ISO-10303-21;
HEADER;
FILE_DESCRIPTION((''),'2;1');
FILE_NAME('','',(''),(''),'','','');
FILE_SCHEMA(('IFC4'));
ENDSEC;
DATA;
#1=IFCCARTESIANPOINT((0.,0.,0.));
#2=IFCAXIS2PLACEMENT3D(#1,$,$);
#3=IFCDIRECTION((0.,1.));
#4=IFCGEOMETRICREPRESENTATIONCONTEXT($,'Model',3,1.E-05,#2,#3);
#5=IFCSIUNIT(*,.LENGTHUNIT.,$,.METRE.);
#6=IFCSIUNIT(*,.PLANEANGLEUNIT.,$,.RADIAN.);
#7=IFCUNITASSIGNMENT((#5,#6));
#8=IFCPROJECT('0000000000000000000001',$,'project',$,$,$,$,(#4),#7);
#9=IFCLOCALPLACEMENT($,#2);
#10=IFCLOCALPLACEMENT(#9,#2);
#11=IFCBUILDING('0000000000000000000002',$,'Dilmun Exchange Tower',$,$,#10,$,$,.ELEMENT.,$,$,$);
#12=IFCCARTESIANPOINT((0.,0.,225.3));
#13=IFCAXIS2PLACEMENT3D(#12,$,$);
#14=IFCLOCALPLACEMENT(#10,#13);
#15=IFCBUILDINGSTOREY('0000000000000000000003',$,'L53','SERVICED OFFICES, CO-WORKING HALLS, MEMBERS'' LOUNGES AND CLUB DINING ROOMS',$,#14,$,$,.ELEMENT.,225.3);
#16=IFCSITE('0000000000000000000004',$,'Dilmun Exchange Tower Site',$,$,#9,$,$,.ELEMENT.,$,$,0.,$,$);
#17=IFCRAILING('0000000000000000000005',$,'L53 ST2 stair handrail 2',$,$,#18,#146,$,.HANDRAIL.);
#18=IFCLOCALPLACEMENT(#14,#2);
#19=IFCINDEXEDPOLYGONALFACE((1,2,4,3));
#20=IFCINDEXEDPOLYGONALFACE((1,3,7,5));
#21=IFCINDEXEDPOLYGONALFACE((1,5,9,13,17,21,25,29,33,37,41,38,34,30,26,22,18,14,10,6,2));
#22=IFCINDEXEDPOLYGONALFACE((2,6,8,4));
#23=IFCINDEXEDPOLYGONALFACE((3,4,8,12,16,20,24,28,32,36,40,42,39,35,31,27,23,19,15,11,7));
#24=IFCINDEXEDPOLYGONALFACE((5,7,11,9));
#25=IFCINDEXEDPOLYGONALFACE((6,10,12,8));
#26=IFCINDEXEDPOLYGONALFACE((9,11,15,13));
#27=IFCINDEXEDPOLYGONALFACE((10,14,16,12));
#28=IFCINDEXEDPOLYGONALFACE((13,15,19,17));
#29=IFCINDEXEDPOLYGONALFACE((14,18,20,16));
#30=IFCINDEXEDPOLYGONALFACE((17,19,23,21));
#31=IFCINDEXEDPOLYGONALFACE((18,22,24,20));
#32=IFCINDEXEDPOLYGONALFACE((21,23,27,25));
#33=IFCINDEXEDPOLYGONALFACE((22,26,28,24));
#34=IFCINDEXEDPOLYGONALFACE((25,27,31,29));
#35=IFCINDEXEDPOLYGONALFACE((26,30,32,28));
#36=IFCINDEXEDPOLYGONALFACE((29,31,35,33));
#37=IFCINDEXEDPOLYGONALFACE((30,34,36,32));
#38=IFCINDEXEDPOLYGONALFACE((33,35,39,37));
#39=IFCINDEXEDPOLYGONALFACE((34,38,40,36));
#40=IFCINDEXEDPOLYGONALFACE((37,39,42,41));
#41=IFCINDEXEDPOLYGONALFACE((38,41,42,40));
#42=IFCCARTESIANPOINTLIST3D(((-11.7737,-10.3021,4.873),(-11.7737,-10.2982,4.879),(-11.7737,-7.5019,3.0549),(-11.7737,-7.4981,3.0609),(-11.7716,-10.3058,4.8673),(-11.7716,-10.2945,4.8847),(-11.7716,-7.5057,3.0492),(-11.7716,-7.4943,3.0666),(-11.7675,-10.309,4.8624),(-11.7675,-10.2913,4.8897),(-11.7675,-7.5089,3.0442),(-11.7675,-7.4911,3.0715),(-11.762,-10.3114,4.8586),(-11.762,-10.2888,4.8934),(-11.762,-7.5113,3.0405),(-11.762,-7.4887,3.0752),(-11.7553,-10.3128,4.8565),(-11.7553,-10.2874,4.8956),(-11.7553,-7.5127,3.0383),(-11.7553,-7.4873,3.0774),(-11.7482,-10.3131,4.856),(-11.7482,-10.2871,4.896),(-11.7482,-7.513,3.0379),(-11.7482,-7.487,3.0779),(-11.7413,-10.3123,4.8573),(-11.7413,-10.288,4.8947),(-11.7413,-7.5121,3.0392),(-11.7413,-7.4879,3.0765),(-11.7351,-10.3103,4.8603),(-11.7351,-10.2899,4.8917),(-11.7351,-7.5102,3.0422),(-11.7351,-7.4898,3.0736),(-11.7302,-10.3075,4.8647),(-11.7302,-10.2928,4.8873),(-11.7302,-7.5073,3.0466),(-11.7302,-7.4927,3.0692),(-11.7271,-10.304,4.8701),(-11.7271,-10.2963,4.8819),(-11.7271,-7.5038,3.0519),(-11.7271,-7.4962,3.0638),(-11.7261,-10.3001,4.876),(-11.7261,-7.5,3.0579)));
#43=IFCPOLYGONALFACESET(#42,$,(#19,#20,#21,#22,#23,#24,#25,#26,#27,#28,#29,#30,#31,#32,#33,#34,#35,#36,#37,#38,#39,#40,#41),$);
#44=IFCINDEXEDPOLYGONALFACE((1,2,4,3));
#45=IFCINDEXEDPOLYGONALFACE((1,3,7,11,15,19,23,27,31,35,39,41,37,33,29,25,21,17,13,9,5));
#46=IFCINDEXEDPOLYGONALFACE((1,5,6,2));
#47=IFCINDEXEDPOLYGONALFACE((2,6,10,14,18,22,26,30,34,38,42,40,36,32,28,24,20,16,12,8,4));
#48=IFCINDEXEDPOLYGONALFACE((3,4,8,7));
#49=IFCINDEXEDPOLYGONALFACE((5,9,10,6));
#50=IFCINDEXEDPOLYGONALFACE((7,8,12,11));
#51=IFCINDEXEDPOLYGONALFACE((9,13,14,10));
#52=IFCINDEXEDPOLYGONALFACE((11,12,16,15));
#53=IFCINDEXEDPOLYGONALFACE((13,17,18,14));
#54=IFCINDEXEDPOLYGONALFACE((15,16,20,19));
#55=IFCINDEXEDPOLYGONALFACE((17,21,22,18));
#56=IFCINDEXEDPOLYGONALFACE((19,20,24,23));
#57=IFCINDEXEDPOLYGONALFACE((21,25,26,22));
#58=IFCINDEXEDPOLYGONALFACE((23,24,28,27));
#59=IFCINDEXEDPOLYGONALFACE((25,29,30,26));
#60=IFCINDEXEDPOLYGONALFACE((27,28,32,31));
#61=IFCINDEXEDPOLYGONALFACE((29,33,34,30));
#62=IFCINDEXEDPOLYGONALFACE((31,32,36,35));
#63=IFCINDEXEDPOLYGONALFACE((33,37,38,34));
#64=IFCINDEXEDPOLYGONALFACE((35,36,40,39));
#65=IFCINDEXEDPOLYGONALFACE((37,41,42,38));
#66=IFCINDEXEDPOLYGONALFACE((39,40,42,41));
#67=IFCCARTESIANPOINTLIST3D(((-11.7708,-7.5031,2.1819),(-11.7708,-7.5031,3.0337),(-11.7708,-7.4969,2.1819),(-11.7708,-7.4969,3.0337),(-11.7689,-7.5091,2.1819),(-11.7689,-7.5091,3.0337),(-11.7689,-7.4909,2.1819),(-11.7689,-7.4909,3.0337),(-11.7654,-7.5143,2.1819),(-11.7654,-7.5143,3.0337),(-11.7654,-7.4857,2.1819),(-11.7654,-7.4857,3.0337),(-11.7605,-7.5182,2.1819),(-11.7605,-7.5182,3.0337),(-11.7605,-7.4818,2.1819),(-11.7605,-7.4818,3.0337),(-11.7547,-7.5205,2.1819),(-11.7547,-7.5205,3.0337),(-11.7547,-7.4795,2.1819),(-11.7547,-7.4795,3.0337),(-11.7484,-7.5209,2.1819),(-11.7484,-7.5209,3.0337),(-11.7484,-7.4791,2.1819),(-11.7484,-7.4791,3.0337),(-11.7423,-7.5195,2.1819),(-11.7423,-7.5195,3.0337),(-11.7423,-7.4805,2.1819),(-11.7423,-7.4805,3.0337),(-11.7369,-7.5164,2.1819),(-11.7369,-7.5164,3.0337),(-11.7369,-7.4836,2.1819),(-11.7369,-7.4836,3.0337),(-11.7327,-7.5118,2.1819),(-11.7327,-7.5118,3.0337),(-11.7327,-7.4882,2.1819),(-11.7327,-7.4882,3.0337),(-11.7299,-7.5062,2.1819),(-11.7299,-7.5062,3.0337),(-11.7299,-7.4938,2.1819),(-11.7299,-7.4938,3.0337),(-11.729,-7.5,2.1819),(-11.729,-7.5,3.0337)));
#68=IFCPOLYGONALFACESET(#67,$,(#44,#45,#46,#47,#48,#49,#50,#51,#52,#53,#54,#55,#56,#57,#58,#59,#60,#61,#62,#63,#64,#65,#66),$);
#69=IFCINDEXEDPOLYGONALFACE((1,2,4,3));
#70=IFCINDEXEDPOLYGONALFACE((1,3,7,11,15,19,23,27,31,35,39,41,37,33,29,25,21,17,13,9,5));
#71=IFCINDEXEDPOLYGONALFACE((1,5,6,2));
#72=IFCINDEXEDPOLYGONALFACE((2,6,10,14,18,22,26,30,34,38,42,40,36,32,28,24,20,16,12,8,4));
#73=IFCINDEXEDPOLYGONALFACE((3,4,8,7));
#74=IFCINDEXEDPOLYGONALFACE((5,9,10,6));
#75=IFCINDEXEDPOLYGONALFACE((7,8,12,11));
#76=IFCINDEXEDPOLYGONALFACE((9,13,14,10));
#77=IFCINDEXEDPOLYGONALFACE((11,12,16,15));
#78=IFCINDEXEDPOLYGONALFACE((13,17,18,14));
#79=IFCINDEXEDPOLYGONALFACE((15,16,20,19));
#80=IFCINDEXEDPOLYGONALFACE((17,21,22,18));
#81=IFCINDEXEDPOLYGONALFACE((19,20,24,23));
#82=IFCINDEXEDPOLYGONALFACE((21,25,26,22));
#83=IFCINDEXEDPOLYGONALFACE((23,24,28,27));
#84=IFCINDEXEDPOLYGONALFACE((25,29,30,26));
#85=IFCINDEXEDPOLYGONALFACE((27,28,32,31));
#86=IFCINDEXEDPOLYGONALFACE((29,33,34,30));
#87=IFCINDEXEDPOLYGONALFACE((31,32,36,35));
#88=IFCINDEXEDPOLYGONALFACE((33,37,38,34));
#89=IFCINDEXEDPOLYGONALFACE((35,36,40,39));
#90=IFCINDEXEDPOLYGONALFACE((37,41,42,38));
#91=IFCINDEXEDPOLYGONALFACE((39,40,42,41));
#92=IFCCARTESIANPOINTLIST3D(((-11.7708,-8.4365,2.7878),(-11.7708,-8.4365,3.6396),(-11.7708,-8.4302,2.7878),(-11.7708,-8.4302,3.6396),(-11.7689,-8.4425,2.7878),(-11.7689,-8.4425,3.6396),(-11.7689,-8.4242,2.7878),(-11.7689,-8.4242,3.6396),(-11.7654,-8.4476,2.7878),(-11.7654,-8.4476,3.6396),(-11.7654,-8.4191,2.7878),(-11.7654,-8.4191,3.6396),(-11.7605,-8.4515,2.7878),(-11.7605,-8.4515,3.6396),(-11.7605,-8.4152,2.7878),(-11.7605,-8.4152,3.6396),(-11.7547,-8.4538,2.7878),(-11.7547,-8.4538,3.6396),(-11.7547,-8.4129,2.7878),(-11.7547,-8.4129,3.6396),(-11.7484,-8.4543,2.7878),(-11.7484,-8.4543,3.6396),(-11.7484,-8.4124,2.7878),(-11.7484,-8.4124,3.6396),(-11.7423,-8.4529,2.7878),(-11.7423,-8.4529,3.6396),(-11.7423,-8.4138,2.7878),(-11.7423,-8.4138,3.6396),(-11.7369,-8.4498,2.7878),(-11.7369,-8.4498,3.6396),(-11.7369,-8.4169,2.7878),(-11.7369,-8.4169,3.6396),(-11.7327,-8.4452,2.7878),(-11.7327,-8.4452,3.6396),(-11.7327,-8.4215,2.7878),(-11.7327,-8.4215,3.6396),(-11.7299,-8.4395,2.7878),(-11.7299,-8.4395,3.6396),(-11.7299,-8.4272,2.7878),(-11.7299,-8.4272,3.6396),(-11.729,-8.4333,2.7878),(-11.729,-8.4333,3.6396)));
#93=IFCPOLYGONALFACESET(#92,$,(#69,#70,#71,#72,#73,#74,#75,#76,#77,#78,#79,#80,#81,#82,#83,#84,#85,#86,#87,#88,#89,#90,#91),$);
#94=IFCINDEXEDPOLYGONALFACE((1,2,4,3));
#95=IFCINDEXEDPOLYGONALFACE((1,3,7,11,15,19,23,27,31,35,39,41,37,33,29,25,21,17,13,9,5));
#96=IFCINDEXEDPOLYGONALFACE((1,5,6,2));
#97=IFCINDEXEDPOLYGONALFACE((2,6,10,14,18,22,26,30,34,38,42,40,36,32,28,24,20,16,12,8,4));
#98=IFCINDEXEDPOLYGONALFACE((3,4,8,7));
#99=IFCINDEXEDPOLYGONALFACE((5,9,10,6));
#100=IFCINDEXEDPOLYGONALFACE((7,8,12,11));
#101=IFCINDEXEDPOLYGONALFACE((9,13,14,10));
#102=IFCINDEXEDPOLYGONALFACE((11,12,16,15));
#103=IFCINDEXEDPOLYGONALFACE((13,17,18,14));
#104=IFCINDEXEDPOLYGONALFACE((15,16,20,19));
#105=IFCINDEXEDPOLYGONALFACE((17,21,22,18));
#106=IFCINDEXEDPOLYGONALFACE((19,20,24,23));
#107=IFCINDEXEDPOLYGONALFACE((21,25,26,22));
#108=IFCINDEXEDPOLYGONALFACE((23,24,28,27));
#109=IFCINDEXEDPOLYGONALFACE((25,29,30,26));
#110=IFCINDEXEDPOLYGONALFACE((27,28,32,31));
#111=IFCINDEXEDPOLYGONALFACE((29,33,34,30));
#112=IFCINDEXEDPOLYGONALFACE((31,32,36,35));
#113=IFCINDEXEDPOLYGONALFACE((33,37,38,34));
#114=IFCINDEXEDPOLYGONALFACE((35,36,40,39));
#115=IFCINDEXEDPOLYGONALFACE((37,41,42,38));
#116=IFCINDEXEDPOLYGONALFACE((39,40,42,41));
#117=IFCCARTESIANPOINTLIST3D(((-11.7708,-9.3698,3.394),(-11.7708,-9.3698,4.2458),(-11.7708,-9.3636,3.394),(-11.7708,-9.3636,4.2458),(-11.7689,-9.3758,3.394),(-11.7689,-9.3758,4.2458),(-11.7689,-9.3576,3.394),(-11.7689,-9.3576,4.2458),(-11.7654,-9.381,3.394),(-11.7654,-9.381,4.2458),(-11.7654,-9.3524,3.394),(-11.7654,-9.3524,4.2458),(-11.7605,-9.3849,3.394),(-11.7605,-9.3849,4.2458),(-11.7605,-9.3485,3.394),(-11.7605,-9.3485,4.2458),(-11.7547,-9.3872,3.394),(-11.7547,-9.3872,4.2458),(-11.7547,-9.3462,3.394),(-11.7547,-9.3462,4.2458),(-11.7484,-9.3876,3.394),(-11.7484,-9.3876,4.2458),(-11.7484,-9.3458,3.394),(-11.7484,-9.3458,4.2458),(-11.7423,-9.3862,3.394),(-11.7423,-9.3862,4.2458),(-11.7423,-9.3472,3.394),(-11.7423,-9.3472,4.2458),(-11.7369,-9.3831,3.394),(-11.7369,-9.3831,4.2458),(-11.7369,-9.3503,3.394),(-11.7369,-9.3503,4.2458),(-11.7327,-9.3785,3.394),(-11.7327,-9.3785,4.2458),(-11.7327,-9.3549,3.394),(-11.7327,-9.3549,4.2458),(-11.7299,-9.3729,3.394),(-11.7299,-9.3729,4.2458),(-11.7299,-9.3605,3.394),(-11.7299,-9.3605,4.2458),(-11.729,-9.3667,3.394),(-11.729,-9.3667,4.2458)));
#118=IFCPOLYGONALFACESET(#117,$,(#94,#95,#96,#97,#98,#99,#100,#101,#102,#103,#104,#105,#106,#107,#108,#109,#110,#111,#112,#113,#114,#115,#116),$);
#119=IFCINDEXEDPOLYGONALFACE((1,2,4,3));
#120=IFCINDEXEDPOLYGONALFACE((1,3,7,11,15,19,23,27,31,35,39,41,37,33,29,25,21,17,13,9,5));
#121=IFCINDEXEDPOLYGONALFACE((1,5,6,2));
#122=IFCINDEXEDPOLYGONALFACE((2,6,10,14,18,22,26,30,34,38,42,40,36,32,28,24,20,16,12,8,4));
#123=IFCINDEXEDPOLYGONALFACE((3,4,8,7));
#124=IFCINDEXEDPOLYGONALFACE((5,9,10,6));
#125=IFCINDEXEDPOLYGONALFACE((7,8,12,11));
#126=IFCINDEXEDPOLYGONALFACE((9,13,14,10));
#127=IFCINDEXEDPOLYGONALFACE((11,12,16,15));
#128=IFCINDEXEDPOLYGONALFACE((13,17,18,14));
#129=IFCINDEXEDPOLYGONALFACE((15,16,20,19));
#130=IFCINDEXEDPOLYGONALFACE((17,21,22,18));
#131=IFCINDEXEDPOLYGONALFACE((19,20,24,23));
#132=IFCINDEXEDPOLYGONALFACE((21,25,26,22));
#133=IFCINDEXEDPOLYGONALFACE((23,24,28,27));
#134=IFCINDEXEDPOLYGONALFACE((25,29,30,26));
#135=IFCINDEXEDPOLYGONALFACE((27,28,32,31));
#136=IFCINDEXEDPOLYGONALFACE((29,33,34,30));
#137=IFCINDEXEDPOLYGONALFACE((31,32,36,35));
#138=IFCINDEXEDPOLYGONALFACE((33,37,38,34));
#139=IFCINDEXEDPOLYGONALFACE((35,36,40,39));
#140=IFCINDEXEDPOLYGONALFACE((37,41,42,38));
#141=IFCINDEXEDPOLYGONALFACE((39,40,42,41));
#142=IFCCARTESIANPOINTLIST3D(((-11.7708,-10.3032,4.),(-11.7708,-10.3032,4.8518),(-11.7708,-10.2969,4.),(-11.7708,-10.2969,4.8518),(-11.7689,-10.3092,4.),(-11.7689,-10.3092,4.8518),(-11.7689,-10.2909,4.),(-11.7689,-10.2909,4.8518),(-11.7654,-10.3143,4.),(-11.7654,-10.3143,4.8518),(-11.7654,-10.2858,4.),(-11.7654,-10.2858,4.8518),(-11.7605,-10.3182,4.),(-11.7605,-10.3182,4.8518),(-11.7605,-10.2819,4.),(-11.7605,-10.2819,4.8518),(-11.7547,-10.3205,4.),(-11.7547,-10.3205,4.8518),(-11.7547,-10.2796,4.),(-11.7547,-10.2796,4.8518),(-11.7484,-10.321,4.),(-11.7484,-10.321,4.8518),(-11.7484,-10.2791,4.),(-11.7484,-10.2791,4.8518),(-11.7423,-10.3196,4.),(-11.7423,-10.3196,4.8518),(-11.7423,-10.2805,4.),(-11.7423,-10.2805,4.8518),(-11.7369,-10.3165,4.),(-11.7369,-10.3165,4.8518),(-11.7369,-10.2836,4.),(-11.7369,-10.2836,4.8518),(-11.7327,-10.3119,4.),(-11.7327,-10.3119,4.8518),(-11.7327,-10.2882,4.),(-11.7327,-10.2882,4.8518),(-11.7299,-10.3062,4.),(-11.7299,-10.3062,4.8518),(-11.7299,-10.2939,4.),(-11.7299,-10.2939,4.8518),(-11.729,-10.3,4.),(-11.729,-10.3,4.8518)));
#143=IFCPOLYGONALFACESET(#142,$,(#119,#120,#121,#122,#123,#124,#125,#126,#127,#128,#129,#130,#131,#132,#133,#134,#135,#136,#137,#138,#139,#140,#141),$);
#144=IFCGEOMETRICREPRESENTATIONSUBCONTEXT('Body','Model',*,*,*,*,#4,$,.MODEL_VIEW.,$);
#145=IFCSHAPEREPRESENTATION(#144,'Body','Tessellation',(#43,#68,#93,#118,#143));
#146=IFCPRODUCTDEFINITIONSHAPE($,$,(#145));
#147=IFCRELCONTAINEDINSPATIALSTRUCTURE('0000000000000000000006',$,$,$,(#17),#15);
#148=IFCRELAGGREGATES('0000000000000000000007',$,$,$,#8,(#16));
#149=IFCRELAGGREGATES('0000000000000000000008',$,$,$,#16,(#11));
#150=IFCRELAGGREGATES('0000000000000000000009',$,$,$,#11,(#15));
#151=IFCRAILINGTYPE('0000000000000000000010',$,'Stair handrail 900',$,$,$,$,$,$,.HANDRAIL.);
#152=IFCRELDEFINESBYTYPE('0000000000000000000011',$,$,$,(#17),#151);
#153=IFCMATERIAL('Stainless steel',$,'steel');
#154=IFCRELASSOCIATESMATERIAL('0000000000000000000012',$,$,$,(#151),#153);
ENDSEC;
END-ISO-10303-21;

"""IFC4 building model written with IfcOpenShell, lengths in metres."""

from ifc_helpers import new_model, si_unit, direction, frame, origin, origin_2d, place, context, subcontext, project, spatial, circle, extrude, material, type_object, element, save


model = new_model("IFC4")

# Units and contexts
model_context = context("Model", 3, precision=1e-05, world=origin(), true_north=direction((0.0, 1.0)))
body_context = subcontext(model_context, "Body", "Model", "MODEL_VIEW")
ifc_project = project(units=[si_unit("LENGTHUNIT", "METRE"), si_unit("PLANEANGLEUNIT", "RADIAN")], contexts=[model_context])

# Site, building, storey
site_placement = place(None, origin())
site = spatial("IfcSite", under=ifc_project, at=site_placement, Name="Dilmun Exchange Tower Site", CompositionType="ELEMENT", RefElevation=0.0)
building_placement = place(site_placement, origin())
building = spatial("IfcBuilding", under=site, at=building_placement, Name="Dilmun Exchange Tower", CompositionType="ELEMENT")
storey_placement = place(building_placement, frame((0.0, 0.0, 225.3)))
storey = spatial("IfcBuildingStorey", under=building, at=storey_placement, Name="L53", Description="SERVICED OFFICES, CO-WORKING HALLS, MEMBERS' LOUNGES AND CLUB DINING ROOMS", CompositionType="ELEMENT", Elevation=225.3)

# Railing
ifc_material_1 = material(Name="Stainless steel", Category="steel")
railing_type = type_object("IfcRailingType", Name="Stair handrail 900", PredefinedType="HANDRAIL", material=ifc_material_1)
railing_1_placement = place(storey_placement, frame((-11.75, -7.5, 2.1819)))
element("IfcRailing", 1, at=railing_1_placement, inside=storey, type_object=railing_type, Name="L53 ST2 stair handrail 2", PredefinedType="HANDRAIL", context=body_context, shape_type="SweptSolid", body=[
    extrude(circle(Radius=0.0239, at=origin_2d()), frame((0.0, 0.0, 0.876), z_axis=(0.0, -0.838706, 0.544585), x_axis=(1.0, 0.0, 0.0)), (0.0, 0.0, 1.0), 3.3386),
    extrude(circle(Radius=0.021, at=origin_2d()), origin(), (0.0, 0.0, 1.0), 0.8518),
    extrude(circle(Radius=0.021, at=origin_2d()), frame((0.0, -0.9333, 0.606)), (0.0, 0.0, 1.0), 0.8518),
    extrude(circle(Radius=0.021, at=origin_2d()), frame((0.0, -1.8667, 1.2122)), (0.0, 0.0, 1.0), 0.8518),
    extrude(circle(Radius=0.021, at=origin_2d()), frame((0.0, -2.8, 1.8181)), (0.0, 0.0, 1.0), 0.8518),
])

save(model, "model.ifc")
